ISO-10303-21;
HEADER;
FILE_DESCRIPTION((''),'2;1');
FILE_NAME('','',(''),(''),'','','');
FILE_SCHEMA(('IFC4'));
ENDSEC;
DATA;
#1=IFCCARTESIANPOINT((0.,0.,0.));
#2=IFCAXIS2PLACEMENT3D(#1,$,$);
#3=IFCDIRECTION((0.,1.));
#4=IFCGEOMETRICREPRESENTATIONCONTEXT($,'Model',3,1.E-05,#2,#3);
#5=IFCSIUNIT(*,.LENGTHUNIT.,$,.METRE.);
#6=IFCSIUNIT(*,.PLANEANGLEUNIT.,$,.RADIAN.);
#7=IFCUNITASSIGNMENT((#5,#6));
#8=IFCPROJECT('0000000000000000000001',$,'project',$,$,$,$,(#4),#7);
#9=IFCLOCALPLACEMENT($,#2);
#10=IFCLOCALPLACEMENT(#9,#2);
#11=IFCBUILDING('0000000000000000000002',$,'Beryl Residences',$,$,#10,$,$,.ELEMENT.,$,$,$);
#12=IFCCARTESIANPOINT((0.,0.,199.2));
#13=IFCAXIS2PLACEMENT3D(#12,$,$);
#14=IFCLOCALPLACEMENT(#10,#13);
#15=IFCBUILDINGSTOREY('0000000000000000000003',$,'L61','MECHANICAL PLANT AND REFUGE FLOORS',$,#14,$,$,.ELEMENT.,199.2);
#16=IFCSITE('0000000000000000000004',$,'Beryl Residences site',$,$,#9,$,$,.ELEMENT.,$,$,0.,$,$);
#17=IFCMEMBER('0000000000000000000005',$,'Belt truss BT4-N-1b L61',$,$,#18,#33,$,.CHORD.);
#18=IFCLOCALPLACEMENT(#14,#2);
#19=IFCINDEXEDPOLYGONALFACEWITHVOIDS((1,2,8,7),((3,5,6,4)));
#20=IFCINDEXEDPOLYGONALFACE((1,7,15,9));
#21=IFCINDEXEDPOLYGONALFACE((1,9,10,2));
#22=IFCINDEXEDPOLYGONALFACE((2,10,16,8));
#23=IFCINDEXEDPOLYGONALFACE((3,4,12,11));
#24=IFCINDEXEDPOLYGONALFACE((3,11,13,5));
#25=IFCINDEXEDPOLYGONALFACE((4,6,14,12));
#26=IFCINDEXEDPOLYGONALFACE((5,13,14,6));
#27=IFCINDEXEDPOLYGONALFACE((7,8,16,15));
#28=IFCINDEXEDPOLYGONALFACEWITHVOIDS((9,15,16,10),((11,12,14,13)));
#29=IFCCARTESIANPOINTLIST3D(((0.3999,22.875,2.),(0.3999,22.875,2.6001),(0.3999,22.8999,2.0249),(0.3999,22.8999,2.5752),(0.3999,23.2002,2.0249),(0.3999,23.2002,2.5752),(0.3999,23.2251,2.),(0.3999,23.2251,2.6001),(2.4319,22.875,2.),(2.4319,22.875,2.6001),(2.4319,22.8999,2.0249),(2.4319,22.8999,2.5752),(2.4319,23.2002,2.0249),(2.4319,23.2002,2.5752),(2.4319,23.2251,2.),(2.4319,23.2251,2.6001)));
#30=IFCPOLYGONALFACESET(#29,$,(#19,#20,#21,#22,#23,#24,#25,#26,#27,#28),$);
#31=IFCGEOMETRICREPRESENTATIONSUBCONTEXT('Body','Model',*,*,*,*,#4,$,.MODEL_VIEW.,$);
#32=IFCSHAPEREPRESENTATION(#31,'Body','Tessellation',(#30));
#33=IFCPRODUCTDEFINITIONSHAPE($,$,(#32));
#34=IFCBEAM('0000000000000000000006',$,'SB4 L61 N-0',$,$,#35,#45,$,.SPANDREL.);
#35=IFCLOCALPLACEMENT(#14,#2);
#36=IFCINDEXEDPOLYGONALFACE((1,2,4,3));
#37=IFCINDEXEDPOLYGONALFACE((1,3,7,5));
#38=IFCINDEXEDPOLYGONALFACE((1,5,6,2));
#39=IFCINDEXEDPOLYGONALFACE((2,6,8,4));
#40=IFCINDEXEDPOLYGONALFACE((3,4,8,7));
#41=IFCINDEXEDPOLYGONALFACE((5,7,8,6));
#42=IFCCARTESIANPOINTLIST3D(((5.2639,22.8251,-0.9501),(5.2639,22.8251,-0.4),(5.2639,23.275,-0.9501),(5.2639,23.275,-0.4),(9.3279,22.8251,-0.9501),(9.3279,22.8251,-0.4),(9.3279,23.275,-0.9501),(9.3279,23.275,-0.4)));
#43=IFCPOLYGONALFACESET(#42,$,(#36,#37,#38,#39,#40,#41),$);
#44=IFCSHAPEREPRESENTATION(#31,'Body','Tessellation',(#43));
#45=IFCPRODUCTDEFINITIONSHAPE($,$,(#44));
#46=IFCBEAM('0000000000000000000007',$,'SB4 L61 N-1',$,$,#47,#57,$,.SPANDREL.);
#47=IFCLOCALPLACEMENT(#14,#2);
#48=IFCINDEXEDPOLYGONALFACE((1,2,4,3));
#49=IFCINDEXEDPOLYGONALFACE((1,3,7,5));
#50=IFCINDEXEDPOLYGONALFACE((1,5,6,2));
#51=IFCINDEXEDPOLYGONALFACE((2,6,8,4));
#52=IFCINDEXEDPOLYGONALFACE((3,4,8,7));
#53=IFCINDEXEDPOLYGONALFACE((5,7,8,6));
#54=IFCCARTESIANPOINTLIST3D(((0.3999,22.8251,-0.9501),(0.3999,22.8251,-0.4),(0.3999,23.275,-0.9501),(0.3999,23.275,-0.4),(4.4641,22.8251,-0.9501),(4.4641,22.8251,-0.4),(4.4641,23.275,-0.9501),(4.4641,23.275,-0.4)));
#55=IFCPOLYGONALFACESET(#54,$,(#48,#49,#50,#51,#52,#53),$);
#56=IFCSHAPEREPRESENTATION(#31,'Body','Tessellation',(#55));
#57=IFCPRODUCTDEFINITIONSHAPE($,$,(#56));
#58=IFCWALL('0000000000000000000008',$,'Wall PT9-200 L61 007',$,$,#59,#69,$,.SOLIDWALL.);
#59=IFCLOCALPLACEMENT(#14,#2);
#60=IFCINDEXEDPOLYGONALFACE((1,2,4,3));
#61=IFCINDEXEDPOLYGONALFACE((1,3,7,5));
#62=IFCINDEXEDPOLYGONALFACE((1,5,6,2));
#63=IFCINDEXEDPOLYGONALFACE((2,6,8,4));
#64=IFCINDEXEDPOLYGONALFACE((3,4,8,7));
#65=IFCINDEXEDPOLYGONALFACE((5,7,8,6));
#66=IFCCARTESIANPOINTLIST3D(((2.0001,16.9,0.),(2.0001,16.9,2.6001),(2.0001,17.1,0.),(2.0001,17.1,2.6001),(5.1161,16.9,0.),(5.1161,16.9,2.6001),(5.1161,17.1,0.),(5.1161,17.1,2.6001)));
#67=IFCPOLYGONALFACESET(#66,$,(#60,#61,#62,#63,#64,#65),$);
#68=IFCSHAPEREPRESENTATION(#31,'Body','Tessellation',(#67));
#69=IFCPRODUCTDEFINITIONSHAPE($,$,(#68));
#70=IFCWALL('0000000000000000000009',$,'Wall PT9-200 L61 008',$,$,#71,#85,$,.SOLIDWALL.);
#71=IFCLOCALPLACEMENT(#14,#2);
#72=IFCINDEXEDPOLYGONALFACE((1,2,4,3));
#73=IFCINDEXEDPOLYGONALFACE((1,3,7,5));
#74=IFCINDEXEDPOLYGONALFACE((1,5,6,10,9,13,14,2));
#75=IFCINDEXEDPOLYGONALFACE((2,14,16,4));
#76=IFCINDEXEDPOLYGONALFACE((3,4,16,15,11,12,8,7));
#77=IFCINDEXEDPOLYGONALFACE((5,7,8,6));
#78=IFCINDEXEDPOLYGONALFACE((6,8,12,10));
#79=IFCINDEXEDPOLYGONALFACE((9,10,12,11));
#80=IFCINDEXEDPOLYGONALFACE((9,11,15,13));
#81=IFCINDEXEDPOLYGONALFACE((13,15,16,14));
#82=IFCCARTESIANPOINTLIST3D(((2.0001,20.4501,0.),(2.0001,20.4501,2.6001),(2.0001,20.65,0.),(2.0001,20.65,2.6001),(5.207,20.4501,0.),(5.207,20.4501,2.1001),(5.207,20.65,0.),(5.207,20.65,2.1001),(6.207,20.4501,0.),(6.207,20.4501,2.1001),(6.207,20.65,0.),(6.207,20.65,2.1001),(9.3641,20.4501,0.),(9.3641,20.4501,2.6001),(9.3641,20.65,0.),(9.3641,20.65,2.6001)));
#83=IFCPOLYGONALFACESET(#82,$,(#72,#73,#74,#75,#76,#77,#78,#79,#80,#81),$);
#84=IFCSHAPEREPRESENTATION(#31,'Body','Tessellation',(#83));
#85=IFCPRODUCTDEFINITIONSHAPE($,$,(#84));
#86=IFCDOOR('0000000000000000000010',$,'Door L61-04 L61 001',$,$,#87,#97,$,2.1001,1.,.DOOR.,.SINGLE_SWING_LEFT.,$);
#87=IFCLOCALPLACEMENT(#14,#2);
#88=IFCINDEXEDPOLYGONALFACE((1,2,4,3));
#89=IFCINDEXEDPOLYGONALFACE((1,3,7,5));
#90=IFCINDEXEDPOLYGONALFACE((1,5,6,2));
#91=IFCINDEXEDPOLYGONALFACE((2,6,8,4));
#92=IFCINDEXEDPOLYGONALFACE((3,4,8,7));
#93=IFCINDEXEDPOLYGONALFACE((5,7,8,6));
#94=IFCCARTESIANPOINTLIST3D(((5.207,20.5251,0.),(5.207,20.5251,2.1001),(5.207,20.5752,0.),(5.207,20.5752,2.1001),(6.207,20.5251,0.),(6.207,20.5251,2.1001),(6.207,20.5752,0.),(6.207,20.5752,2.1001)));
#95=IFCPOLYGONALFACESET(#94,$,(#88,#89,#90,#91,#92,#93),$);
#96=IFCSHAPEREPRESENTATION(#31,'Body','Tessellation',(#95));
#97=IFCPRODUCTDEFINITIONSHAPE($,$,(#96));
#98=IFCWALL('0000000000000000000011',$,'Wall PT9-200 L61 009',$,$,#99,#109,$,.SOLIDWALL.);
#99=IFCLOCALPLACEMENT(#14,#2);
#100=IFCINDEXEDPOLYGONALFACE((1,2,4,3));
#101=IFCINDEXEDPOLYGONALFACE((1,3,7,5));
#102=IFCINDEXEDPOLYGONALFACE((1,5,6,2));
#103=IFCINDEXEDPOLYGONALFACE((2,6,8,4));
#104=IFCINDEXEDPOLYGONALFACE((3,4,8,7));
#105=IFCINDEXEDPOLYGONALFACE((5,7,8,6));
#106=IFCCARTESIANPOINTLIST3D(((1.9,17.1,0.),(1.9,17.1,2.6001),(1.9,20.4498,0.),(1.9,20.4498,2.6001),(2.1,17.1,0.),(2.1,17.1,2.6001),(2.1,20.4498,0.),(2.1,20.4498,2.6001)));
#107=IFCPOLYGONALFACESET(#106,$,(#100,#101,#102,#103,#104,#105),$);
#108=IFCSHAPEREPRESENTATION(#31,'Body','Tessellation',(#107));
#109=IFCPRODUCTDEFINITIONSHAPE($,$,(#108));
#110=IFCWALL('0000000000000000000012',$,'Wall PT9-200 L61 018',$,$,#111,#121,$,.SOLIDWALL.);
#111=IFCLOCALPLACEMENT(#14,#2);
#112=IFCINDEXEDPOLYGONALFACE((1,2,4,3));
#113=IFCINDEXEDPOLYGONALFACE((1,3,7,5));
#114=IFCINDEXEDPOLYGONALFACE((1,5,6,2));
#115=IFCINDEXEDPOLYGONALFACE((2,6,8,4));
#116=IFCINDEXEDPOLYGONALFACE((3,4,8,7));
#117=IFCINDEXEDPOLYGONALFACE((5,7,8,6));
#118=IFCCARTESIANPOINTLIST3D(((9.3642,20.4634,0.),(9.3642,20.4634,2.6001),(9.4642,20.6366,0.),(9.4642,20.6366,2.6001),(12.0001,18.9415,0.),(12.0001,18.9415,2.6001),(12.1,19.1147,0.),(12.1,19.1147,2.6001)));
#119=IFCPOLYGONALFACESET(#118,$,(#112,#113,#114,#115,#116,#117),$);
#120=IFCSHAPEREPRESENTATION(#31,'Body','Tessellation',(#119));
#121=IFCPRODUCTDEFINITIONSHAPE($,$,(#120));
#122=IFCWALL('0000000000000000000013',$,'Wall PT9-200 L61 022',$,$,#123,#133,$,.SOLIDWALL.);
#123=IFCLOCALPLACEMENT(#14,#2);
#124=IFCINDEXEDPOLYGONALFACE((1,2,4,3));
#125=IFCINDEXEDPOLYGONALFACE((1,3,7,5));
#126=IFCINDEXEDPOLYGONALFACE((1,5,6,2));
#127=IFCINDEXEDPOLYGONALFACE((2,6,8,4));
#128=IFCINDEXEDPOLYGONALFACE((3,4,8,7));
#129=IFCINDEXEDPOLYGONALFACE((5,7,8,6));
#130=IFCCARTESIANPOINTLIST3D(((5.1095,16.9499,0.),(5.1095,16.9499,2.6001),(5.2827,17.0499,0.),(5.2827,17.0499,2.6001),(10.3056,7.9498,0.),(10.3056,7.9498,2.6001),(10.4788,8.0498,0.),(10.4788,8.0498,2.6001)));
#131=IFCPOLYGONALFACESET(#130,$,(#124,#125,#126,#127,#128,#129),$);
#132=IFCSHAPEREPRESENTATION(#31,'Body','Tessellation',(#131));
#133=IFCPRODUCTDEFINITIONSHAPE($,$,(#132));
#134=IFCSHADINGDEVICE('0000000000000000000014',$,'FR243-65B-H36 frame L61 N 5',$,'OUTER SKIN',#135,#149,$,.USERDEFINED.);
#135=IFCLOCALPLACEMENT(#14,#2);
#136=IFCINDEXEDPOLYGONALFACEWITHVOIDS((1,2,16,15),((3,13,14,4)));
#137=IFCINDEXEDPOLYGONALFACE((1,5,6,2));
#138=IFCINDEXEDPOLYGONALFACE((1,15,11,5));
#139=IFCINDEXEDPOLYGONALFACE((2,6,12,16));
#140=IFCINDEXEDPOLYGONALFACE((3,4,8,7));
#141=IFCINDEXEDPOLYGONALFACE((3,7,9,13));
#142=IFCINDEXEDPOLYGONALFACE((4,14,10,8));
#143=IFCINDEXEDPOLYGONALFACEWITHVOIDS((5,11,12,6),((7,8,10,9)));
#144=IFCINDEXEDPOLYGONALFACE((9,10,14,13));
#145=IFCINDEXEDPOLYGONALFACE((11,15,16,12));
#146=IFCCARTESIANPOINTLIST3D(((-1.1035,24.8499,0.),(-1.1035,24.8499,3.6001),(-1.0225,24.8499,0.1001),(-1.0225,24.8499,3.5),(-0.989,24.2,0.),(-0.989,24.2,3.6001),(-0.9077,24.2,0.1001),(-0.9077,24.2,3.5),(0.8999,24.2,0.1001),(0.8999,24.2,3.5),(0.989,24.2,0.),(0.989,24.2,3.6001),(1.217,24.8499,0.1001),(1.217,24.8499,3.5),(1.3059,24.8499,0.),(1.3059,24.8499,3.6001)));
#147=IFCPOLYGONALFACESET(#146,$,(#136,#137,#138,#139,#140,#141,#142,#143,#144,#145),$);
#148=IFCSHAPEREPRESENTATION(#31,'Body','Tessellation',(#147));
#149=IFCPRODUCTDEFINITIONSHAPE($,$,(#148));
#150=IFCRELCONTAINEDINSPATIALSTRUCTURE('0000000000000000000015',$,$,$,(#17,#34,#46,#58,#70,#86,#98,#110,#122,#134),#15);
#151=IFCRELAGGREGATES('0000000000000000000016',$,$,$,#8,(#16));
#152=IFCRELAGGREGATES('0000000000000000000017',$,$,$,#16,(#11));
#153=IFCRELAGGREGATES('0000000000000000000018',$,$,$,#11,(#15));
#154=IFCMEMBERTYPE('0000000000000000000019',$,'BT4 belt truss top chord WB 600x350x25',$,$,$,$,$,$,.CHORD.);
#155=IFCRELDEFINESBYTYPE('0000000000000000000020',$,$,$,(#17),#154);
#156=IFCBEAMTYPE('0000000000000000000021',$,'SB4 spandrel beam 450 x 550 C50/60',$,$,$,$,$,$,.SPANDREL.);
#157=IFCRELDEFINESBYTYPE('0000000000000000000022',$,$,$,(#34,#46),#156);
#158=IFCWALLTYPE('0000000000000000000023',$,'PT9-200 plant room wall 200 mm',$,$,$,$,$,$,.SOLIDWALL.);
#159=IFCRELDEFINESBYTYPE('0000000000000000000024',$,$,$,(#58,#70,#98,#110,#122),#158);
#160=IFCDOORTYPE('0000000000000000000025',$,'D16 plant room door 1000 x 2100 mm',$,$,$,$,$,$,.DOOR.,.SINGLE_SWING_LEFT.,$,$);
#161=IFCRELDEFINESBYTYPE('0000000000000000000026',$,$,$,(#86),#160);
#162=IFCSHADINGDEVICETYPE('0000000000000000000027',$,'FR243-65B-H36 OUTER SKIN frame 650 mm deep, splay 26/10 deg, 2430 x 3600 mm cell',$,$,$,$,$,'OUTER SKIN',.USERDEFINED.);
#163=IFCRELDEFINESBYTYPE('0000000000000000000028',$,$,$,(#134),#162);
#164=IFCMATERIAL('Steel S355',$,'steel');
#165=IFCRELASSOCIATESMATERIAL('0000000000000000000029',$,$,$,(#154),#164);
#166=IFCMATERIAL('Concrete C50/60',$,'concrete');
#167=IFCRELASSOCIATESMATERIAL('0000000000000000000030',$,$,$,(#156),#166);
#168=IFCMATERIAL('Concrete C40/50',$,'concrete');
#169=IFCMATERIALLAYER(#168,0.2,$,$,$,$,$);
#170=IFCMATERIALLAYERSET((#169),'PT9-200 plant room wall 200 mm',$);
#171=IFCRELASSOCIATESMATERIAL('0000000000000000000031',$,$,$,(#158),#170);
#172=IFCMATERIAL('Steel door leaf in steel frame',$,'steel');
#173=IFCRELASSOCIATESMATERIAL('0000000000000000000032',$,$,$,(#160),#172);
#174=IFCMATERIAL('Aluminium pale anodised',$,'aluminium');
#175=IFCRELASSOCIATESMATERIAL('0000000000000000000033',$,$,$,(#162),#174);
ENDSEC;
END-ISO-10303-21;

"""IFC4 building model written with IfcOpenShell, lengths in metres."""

from ifc_helpers import new_model, entity, si_unit, direction, frame, frame_2d, origin, origin_2d, place, context, subcontext, project, spatial, rectangle, hollow_rectangle, extrude, source, transform, mapped, material, layer, layer_set, material_profile, profile_set, type_object, type_shapes, element, fill, save


model = new_model("IFC4")

# Units and contexts
model_context = context("Model", 3, precision=1e-05, world=origin(), true_north=direction((0.0, 1.0)))
body_context = subcontext(model_context, "Body", "Model", "MODEL_VIEW")
ifc_project = project(units=[si_unit("LENGTHUNIT", "METRE"), si_unit("PLANEANGLEUNIT", "RADIAN")], contexts=[model_context])

# Site, building, storey
site_placement = place(None, origin())
site = spatial("IfcSite", under=ifc_project, at=site_placement, Name="Beryl Residences site", CompositionType="ELEMENT", RefElevation=0.0)
building_placement = place(site_placement, origin())
building = spatial("IfcBuilding", under=site, at=building_placement, Name="Beryl Residences", CompositionType="ELEMENT")
storey_placement = place(building_placement, frame((0.0, 0.0, 199.2)))
storey = spatial("IfcBuildingStorey", under=building, at=storey_placement, Name="L61", Description="MECHANICAL PLANT AND REFUGE FLOORS", CompositionType="ELEMENT", Elevation=199.2)

# Member
ifc_material_1 = material(Name="Steel S355", Category="steel")
ifc_material_profile_1 = material_profile(ifc_material_1, hollow_rectangle(XDim=0.3501, YDim=0.6001, WallThickness=0.0249, at=origin_2d()))
ifc_profile_set_1 = profile_set([ifc_material_profile_1], Name="Steel S355")
member_type_1 = type_object("IfcMemberType", Name="BT4 belt truss top chord WB 600x350x25", PredefinedType="CHORD", material=ifc_profile_set_1)
member_1_placement = place(storey_placement, frame((2.4319, 23.05, 2.3), z_axis=(-1.0, 0.0, 0.0), x_axis=(0.0, -1.0, 0.0)))
element("IfcMember", 1, at=member_1_placement, inside=storey, type_object=member_type_1, Name="Belt truss BT4-N-1b L61", PredefinedType="CHORD", context=body_context, shape_type="SweptSolid", body=[
    extrude(hollow_rectangle(XDim=0.3501, YDim=0.6001, WallThickness=0.0249, at=origin_2d()), origin(), (0.0, 0.0, 1.0), 2.032),
])

# Beams
ifc_material_2 = material(Name="Concrete C50/60", Category="concrete")
ifc_material_profile_2 = material_profile(ifc_material_2, rectangle(XDim=0.45, YDim=0.55, at=origin_2d()))
ifc_profile_set_2 = profile_set([ifc_material_profile_2], Name="Concrete C50/60")
beam_type = type_object("IfcBeamType", Name="SB4 spandrel beam 450 x 550 C50/60", PredefinedType="SPANDREL", material=ifc_profile_set_2)
beam_1_placement = place(storey_placement, frame((9.3279, 23.05, -0.675), z_axis=(-1.0, 0.0, 0.0), x_axis=(0.0, -1.0, 0.0)))
element("IfcBeam", 2, at=beam_1_placement, inside=storey, type_object=beam_type, Name="SB4 L61 N-0", PredefinedType="SPANDREL", context=body_context, shape_type="SweptSolid", body=[
    extrude(rectangle(XDim=0.45, YDim=0.55, at=origin_2d()), origin(), (0.0, 0.0, 1.0), 4.064),
])
beam_2_placement = place(storey_placement, frame((4.4641, 23.05, -0.675), z_axis=(-1.0, 0.0, 0.0), x_axis=(0.0, -1.0, 0.0)))
element("IfcBeam", 3, at=beam_2_placement, inside=storey, type_object=beam_type, Name="SB4 L61 N-1", PredefinedType="SPANDREL", context=body_context, shape_type="SweptSolid", body=[
    extrude(rectangle(XDim=0.45, YDim=0.55, at=origin_2d()), origin(), (0.0, 0.0, 1.0), 4.0642),
])

# Wall
ifc_material_3 = material(Name="Concrete C40/50", Category="concrete")
ifc_layer = layer(ifc_material_3, 0.2)
ifc_layer_set = layer_set([ifc_layer], Name="PT9-200 plant room wall 200 mm")
wall_type = type_object("IfcWallType", Name="PT9-200 plant room wall 200 mm", PredefinedType="SOLIDWALL", material=ifc_layer_set)
wall_1_placement = place(storey_placement, frame((2.0, 17.0, 0.0), z_axis=(0.0, 0.0, 1.0), x_axis=(1.0, 0.0, 0.0)))
element("IfcWall", 4, at=wall_1_placement, inside=storey, type_object=wall_type, Name="Wall PT9-200 L61 007", PredefinedType="SOLIDWALL", context=body_context, shape_type="SweptSolid", body=[
    extrude(rectangle(XDim=3.116, YDim=0.2, at=frame_2d((1.5581, 0.0))), origin(), (0.0, 0.0, 1.0), 2.6001),
])

# Wall, opening, door
wall_2_placement = place(storey_placement, frame((2.0, 20.55, 0.0), z_axis=(0.0, 0.0, 1.0), x_axis=(1.0, 0.0, 0.0)))
wall_2 = element("IfcWall", 5, at=wall_2_placement, inside=storey, type_object=wall_type, Name="Wall PT9-200 L61 008", PredefinedType="SOLIDWALL", context=body_context, shape_type="SweptSolid", body=[
    extrude(rectangle(XDim=7.364, YDim=0.2, at=frame_2d((3.6821, 0.0))), origin(), (0.0, 0.0, 1.0), 2.6001),
])
opening_placement = place(wall_2_placement, frame((4.207, 0.0, 0.0), z_axis=(0.0, 0.0, 1.0), x_axis=(-1.0, 0.0, 0.0)))
opening = element("IfcOpeningElement", 6, at=opening_placement, cuts=wall_2, PredefinedType="OPENING", context=body_context, shape_type="SweptSolid", body=[
    extrude(rectangle(XDim=1.0, YDim=2.1001, at=frame_2d((0.5, 1.05))), frame((0.0, 0.1099, 0.0), z_axis=(0.0, -1.0, 0.0), x_axis=(1.0, 0.0, 0.0)), (0.0, 0.0, 1.0), 0.22),
])
ifc_material_4 = material(Name="Steel door leaf in steel frame", Category="steel")
door_type = type_object("IfcDoorType", Name="D16 plant room door 1000 x 2100 mm", OperationType="SINGLE_SWING_LEFT", PredefinedType="DOOR", material=ifc_material_4)
door_placement = place(opening_placement, origin())
door = element("IfcDoor", 7, at=door_placement, inside=storey, type_object=door_type, Name="Door L61-04 L61 001", OperationType="SINGLE_SWING_LEFT", OverallHeight=2.1001, OverallWidth=1.0, PredefinedType="DOOR", context=body_context, shape_type="SweptSolid", body=[
    extrude(rectangle(XDim=1.0, YDim=2.1001, at=frame_2d((0.5, 1.05))), frame((0.0, 0.0249, 0.0), z_axis=(0.0, -1.0, 0.0), x_axis=(1.0, 0.0, 0.0)), (0.0, 0.0, 1.0), 0.05),
])
fill(opening, door)

# Walls
wall_3_placement = place(storey_placement, frame((2.0, 17.1001, 0.0), z_axis=(0.0, 0.0, 1.0), x_axis=(0.0, 1.0, 0.0)))
element("IfcWall", 8, at=wall_3_placement, inside=storey, type_object=wall_type, Name="Wall PT9-200 L61 009", PredefinedType="SOLIDWALL", context=body_context, shape_type="SweptSolid", body=[
    extrude(rectangle(XDim=3.3499, YDim=0.2, at=frame_2d((1.6748, 0.0))), origin(), (0.0, 0.0, 1.0), 2.6001),
])
wall_4_placement = place(storey_placement, frame((9.4141, 20.55, 0.0), z_axis=(0.0, 0.0, 1.0), x_axis=(0.866013, -0.500021, 0.0)))
element("IfcWall", 9, at=wall_4_placement, inside=storey, type_object=wall_type, Name="Wall PT9-200 L61 018", PredefinedType="SOLIDWALL", context=body_context, shape_type="SweptSolid", body=[
    extrude(rectangle(XDim=3.0437, YDim=0.2, at=frame_2d((1.522, 0.0))), origin(), (0.0, 0.0, 1.0), 2.6001),
])
wall_5_placement = place(storey_placement, frame((5.196, 17.0, 0.0), z_axis=(0.0, 0.0, 1.0), x_axis=(0.499992, -0.86603, 0.0)))
element("IfcWall", 10, at=wall_5_placement, inside=storey, type_object=wall_type, Name="Wall PT9-200 L61 022", PredefinedType="SOLIDWALL", context=body_context, shape_type="SweptSolid", body=[
    extrude(rectangle(XDim=10.3923, YDim=0.2, at=frame_2d((5.1963, 0.0))), origin(), (0.0, 0.0, 1.0), 2.6001),
])

# Shading device
ifc_material_5 = material(Name="Aluminium pale anodised", Category="aluminium")
shading_device_type_1 = type_object("IfcShadingDeviceType", Name="FR243-65B-H36 OUTER SKIN frame 650 mm deep, splay 26/10 deg, 2430 x 3600 mm cell", ElementType="OUTER SKIN", PredefinedType="USERDEFINED", material=ifc_material_5)
cartesian_point_1 = entity("IfcCartesianPoint", [-0.989, 0.0])
cartesian_point_2 = entity("IfcCartesianPoint", [-0.8999, 0.1001])
cartesian_point_3 = entity("IfcCartesianPoint", [-1.3059, 0.0])
cartesian_point_4 = entity("IfcCartesianPoint", [-1.217, 0.1001])
shared_shape_1 = source(origin(), body_context, "Body", "SweptSolid", [
    entity("IfcExtrudedAreaSolidTapered", entity("IfcArbitraryProfileDefWithVoids", "AREA", None, entity("IfcPolyline", [cartesian_point_1, entity("IfcCartesianPoint", [0.989, 0.0]), entity("IfcCartesianPoint", [0.989, 3.6001]), entity("IfcCartesianPoint", [-0.989, 3.6001]), cartesian_point_1]), [entity("IfcPolyline", [cartesian_point_2, entity("IfcCartesianPoint", [0.9077, 0.1001]), entity("IfcCartesianPoint", [0.9077, 3.5]), entity("IfcCartesianPoint", [-0.8999, 3.5]), cartesian_point_2])]), entity("IfcAxis2Placement3D", entity("IfcCartesianPoint", [0.0, 0.0, 0.0]), entity("IfcDirection", [0.0, 1.0, 0.0]), entity("IfcDirection", [-1.0, 0.0, 0.0])), entity("IfcDirection", [0.0, 0.0, 1.0]), 0.6499, entity("IfcArbitraryProfileDefWithVoids", "AREA", None, entity("IfcPolyline", [cartesian_point_3, entity("IfcCartesianPoint", [1.1035, 0.0]), entity("IfcCartesianPoint", [1.1035, 3.6001]), entity("IfcCartesianPoint", [-1.3059, 3.6001]), cartesian_point_3]), [entity("IfcPolyline", [cartesian_point_4, entity("IfcCartesianPoint", [1.0225, 0.1001]), entity("IfcCartesianPoint", [1.0225, 3.5]), entity("IfcCartesianPoint", [-1.217, 3.5]), cartesian_point_4])])),
])
type_shapes(shading_device_type_1, [shared_shape_1])
for number, where, z_axis, x_axis, name in (
    (11, (0.0, 24.2, 0.0), (0.0, 0.0, 1.0), (1.0, 0.0, 0.0), "FR243-65B-H36 frame L61 N 5"),
):
    element("IfcShadingDevice", number, at=place(storey_placement, frame(where, z_axis=z_axis, x_axis=x_axis)), inside=storey, type_object=shading_device_type_1, Name=name, ObjectType="OUTER SKIN", PredefinedType="USERDEFINED", context=body_context, shape_type="MappedRepresentation", body=[
        mapped(shared_shape_1, transform((0.0, 0.0, 0.0))),
    ])

save(model, "model.ifc")
